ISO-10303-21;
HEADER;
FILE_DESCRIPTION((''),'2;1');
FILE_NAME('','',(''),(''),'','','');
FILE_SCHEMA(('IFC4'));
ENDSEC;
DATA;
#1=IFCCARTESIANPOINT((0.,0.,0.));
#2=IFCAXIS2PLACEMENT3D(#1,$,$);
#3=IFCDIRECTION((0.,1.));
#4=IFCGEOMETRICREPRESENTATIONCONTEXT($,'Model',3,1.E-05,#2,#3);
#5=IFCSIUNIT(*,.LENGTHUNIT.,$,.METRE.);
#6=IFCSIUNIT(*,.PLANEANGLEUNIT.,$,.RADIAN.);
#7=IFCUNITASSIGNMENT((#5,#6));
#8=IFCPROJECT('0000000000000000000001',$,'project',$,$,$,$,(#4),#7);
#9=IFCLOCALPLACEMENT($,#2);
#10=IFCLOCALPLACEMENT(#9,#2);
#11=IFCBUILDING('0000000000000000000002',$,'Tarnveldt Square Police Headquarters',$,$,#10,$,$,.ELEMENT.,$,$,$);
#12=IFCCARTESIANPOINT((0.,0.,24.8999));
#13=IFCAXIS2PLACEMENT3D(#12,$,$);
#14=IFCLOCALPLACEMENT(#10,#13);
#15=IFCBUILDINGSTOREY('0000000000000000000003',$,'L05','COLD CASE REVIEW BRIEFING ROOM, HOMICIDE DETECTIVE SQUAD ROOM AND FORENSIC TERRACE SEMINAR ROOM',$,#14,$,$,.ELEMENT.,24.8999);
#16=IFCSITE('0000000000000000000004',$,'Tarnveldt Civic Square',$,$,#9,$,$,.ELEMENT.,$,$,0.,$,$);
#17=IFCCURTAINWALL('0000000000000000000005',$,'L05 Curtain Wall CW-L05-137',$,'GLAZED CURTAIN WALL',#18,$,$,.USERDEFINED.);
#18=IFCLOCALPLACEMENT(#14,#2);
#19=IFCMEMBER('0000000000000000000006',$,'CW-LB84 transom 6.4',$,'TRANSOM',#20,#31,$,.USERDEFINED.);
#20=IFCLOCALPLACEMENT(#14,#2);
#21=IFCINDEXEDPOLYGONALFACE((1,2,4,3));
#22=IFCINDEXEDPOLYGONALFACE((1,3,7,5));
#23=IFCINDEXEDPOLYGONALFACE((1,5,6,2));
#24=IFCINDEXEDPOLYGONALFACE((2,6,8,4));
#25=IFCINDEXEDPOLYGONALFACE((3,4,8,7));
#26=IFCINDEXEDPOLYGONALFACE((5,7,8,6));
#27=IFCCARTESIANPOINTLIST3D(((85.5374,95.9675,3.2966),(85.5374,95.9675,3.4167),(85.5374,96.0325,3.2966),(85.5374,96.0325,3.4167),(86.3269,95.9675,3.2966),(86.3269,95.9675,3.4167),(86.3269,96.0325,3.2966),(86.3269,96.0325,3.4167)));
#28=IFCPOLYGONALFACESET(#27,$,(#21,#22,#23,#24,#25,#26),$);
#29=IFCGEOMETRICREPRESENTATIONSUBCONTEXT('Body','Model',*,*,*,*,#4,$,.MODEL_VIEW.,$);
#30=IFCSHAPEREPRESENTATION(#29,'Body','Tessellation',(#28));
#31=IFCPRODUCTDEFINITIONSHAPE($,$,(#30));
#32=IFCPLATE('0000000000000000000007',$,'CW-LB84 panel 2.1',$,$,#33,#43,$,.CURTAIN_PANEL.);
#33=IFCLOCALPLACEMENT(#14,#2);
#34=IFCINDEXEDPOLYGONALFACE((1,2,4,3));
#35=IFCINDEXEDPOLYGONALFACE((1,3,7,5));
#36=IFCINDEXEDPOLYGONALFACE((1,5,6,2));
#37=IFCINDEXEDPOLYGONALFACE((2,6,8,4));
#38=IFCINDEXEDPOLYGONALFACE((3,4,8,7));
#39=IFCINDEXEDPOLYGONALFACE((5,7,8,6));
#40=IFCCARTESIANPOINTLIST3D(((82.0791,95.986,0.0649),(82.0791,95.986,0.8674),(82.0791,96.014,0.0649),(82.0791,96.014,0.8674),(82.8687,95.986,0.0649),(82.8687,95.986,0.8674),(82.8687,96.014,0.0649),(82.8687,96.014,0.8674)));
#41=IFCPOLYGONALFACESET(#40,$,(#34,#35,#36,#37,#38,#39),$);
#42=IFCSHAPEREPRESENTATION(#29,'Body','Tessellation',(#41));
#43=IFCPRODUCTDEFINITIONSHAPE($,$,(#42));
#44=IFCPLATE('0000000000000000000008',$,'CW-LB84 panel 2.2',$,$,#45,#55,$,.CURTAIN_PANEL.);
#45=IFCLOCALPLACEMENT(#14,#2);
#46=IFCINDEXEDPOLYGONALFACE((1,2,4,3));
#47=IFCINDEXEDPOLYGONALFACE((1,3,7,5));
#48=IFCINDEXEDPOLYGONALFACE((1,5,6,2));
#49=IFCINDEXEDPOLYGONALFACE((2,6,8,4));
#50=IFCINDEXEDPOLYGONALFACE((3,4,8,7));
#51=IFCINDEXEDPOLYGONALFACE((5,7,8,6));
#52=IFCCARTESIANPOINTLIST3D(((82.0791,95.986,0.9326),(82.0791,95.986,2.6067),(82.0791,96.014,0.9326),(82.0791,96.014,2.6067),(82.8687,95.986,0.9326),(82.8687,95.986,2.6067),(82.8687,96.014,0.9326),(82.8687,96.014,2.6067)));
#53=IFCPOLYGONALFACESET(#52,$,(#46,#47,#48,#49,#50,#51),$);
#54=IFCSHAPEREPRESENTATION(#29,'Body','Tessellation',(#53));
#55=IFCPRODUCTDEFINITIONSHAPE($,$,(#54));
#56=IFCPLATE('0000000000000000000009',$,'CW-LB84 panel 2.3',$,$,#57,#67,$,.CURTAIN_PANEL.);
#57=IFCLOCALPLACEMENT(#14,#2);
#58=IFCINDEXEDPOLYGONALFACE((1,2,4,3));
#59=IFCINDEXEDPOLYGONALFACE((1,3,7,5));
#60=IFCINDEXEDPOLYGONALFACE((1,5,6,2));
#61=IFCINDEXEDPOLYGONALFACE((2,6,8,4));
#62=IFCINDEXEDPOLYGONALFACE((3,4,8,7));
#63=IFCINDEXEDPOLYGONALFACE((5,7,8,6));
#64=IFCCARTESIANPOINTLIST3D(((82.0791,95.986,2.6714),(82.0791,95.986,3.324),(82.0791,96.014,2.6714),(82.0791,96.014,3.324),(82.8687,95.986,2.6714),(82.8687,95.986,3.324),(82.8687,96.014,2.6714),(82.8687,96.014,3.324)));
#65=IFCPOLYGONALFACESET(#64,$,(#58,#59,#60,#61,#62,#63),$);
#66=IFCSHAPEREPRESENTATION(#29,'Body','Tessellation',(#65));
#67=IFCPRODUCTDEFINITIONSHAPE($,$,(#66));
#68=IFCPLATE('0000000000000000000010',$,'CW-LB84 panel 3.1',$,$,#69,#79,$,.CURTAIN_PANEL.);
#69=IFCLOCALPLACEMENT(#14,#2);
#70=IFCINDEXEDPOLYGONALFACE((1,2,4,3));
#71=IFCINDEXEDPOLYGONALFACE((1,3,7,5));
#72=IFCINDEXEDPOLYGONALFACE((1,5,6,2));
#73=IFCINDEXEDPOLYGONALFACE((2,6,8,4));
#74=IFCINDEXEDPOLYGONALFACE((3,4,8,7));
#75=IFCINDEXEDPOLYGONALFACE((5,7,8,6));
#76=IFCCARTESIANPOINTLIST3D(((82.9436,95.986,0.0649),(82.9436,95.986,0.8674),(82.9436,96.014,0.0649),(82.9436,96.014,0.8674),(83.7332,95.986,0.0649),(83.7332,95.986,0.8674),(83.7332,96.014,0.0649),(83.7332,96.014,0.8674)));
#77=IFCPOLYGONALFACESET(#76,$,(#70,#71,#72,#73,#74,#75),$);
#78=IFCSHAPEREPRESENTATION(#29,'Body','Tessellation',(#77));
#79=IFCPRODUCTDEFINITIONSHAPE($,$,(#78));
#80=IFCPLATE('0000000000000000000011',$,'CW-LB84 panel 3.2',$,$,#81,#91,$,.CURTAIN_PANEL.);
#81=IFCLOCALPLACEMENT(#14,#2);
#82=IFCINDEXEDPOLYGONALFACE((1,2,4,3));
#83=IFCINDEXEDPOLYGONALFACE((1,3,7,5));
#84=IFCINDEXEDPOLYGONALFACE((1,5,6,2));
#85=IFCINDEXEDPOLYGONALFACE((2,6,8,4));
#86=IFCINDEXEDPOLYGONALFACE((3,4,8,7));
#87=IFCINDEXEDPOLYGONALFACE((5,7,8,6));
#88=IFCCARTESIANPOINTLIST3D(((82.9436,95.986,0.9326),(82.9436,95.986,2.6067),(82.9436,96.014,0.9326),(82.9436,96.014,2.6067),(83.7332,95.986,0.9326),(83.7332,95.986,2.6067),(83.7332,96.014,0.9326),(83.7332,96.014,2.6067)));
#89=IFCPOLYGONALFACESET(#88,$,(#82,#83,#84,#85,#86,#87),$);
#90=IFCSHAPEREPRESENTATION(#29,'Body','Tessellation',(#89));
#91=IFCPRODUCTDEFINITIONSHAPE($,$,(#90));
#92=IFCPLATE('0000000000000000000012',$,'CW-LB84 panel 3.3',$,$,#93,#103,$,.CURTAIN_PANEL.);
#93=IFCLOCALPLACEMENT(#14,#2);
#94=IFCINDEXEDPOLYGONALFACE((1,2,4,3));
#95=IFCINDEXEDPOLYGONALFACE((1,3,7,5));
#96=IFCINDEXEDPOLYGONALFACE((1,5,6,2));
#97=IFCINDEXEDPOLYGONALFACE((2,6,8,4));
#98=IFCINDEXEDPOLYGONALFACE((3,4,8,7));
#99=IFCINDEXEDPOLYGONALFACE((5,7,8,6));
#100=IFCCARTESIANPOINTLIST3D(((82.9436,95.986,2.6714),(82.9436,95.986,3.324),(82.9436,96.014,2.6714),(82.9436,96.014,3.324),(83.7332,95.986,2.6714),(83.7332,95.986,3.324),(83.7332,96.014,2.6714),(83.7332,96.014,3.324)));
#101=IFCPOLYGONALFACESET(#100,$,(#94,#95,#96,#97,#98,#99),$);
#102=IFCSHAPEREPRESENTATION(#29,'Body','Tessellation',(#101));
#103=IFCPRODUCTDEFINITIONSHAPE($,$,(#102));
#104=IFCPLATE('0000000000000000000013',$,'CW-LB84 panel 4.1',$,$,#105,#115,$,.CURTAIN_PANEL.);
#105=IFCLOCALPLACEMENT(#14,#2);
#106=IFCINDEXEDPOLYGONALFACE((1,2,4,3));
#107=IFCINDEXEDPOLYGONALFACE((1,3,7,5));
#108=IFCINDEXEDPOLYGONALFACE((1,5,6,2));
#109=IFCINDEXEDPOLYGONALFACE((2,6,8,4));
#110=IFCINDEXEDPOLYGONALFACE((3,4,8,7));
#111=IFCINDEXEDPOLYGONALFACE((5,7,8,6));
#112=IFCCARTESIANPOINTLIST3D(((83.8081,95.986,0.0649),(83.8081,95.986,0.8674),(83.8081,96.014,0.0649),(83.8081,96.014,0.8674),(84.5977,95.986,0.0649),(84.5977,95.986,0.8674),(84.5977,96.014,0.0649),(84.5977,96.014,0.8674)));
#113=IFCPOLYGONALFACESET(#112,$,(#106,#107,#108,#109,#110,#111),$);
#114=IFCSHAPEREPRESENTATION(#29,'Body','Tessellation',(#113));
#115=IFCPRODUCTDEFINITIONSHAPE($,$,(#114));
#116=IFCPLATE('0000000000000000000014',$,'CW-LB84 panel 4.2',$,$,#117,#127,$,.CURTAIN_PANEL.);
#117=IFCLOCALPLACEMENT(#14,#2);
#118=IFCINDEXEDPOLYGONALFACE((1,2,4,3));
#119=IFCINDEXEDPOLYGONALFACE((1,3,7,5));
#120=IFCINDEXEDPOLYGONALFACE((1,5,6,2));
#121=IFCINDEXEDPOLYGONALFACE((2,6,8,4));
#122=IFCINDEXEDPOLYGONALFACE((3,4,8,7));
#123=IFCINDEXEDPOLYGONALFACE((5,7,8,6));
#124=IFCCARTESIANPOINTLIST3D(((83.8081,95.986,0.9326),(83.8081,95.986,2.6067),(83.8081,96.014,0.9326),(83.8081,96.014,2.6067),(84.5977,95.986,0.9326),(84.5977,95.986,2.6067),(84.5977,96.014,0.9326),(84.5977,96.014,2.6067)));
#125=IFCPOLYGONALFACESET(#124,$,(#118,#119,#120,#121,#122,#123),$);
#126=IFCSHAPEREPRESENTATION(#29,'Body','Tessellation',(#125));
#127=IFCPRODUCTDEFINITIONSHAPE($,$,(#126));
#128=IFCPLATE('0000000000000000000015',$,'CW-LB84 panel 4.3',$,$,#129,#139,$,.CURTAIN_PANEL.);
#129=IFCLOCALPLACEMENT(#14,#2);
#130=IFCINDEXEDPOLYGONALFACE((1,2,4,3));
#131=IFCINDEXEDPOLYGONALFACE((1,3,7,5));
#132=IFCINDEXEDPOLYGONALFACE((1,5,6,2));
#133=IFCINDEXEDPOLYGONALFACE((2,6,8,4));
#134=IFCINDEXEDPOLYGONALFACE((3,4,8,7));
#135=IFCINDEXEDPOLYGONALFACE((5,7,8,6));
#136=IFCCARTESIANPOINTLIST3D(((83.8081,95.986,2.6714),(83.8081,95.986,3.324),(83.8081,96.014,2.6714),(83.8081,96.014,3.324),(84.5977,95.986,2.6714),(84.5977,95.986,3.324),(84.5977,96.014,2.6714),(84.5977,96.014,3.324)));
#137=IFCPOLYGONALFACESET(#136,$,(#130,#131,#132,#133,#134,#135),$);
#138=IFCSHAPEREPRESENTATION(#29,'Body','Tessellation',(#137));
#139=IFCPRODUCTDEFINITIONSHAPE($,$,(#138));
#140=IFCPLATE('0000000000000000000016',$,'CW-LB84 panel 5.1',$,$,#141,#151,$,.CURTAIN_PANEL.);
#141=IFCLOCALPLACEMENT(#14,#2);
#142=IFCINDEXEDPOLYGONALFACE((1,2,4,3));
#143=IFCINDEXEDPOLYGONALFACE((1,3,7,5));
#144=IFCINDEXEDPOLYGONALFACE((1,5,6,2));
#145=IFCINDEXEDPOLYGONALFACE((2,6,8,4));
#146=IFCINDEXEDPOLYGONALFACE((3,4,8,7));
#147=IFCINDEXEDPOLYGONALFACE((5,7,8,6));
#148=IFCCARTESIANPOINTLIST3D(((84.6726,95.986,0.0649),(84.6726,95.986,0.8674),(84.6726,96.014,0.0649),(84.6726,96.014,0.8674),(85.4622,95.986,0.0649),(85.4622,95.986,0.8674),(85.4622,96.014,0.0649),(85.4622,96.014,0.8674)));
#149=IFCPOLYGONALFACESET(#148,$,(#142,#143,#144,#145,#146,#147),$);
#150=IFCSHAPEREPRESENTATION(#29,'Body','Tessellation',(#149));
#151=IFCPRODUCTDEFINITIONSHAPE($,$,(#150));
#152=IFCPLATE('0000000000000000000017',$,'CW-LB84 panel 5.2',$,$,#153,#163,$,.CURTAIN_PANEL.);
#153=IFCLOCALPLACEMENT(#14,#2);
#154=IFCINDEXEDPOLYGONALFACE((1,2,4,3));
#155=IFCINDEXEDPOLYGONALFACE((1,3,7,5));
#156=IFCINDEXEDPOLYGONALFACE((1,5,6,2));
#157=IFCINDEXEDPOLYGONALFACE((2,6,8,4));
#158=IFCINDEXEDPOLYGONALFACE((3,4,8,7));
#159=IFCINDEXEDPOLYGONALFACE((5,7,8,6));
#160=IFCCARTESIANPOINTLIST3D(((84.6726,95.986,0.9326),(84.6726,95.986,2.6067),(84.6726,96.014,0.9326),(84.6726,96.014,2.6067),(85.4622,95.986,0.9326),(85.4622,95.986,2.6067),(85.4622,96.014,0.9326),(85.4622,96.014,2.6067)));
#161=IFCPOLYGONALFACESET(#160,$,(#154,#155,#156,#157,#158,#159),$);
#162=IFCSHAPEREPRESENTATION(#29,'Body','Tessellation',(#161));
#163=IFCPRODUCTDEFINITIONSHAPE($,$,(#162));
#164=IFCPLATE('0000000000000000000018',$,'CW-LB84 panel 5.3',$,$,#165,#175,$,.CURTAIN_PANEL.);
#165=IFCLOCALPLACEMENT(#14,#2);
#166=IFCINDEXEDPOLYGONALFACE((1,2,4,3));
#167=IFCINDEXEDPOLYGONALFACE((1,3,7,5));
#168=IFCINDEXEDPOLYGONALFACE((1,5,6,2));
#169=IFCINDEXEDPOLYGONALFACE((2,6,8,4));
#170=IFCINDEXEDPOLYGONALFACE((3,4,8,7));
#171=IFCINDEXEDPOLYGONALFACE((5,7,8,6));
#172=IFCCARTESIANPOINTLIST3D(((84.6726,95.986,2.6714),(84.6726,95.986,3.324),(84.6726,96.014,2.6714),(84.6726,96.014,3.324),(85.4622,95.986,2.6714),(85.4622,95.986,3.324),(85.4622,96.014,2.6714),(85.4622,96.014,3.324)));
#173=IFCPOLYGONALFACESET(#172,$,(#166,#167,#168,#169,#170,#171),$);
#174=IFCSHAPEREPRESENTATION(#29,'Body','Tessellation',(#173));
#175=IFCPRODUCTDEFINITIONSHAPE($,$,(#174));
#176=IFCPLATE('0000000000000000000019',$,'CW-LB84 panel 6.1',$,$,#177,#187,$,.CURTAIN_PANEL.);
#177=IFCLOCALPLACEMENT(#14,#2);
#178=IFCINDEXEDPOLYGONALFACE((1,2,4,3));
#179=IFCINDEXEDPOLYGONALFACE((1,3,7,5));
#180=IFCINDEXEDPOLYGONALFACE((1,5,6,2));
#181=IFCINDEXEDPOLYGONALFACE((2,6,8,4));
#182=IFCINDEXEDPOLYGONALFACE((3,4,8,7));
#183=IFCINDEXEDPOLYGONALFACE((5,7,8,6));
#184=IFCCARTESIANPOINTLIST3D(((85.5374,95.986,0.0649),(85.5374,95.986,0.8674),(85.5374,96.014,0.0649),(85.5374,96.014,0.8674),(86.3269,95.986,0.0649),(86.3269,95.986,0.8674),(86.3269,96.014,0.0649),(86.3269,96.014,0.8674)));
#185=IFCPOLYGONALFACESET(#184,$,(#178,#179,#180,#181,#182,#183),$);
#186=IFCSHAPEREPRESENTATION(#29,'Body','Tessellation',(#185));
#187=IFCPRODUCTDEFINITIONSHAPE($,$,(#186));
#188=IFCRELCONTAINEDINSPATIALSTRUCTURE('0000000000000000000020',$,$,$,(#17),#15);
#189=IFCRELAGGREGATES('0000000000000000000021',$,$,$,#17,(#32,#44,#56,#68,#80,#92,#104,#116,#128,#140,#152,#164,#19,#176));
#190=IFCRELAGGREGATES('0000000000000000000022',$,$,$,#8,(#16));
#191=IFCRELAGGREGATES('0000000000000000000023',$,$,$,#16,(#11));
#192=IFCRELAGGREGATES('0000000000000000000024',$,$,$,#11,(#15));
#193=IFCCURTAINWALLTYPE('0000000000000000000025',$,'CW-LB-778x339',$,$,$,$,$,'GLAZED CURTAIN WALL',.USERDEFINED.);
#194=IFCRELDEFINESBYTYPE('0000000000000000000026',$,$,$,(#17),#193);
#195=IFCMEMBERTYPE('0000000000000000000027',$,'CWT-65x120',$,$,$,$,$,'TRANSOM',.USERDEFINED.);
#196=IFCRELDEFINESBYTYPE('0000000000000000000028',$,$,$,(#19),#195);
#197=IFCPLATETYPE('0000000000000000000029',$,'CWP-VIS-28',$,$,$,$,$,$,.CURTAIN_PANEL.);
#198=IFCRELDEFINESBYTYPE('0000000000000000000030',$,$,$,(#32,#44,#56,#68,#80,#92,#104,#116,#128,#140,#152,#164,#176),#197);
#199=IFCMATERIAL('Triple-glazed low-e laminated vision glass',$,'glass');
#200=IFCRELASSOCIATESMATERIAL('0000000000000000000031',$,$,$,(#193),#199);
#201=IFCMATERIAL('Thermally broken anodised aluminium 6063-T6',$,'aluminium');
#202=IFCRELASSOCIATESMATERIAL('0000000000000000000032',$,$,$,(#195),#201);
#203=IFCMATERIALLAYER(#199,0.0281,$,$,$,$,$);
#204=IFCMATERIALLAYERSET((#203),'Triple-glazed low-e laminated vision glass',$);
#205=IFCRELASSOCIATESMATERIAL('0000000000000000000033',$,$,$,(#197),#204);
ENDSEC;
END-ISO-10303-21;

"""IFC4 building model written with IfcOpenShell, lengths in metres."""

from ifc_helpers import new_model, si_unit, direction, frame, origin, origin_2d, place, context, subcontext, project, spatial, rectangle, extrude, material, layer, layer_set, material_profile, profile_set, type_object, element, aggregate, save


model = new_model("IFC4")

# Units and contexts
model_context = context("Model", 3, precision=1e-05, world=origin(), true_north=direction((0.0, 1.0)))
body_context = subcontext(model_context, "Body", "Model", "MODEL_VIEW")
ifc_project = project(units=[si_unit("LENGTHUNIT", "METRE"), si_unit("PLANEANGLEUNIT", "RADIAN")], contexts=[model_context])

# Site, building, storey
site_placement = place(None, origin())
site = spatial("IfcSite", under=ifc_project, at=site_placement, Name="Tarnveldt Civic Square", CompositionType="ELEMENT", RefElevation=0.0)
building_placement = place(site_placement, origin())
building = spatial("IfcBuilding", under=site, at=building_placement, Name="Tarnveldt Square Police Headquarters", CompositionType="ELEMENT")
storey_placement = place(building_placement, frame((0.0, 0.0, 24.8999)))
storey = spatial("IfcBuildingStorey", under=building, at=storey_placement, Name="L05", Description="COLD CASE REVIEW BRIEFING ROOM, HOMICIDE DETECTIVE SQUAD ROOM AND FORENSIC TERRACE SEMINAR ROOM", CompositionType="ELEMENT", Elevation=24.8999)

# Curtain wall, member, plates
ifc_material_1 = material(Name="Triple-glazed low-e laminated vision glass", Category="glass")
curtain_wall_type = type_object("IfcCurtainWallType", Name="CW-LB-778x339", ElementType="GLAZED CURTAIN WALL", PredefinedType="USERDEFINED", material=ifc_material_1)
curtain_wall_placement = place(storey_placement, origin())
curtain_wall = element("IfcCurtainWall", 1, at=curtain_wall_placement, inside=storey, type_object=curtain_wall_type, Name="L05 Curtain Wall CW-L05-137", ObjectType="GLAZED CURTAIN WALL", PredefinedType="USERDEFINED")
ifc_material_2 = material(Name="Thermally broken anodised aluminium 6063-T6", Category="aluminium")
ifc_material_profile_1 = material_profile(ifc_material_2, rectangle(XDim=0.0649, YDim=0.1201, at=origin_2d()), Name="CW-T65x120")
ifc_profile_set_1 = profile_set([ifc_material_profile_1], Name="Thermally broken anodised aluminium 6063-T6")
member_type_1 = type_object("IfcMemberType", Name="CWT-65x120", ElementType="TRANSOM", PredefinedType="USERDEFINED", material=ifc_profile_set_1)
member_1_placement = place(storey_placement, frame((85.5374, 96.0, 3.3567), z_axis=(1.0, 0.0, 0.0), x_axis=(0.0, 1.0, 0.0)))
member_1 = element("IfcMember", 2, at=member_1_placement, type_object=member_type_1, Name="CW-LB84 transom 6.4", ObjectType="TRANSOM", PredefinedType="USERDEFINED", context=body_context, shape_type="SweptSolid", body=[
    extrude(rectangle(XDim=0.0649, YDim=0.1201, at=origin_2d()), origin(), (0.0, 0.0, 1.0), 0.7896),
])
ifc_layer = layer(ifc_material_1, 0.0281)
ifc_layer_set = layer_set([ifc_layer], Name="Triple-glazed low-e laminated vision glass")
plate_type = type_object("IfcPlateType", Name="CWP-VIS-28", PredefinedType="CURTAIN_PANEL", material=ifc_layer_set)
plate_1_placement = place(storey_placement, frame((82.4739, 96.0, 0.0649), z_axis=(0.0, 0.0, 1.0), x_axis=(1.0, 0.0, 0.0)))
plate_1 = element("IfcPlate", 3, at=plate_1_placement, type_object=plate_type, Name="CW-LB84 panel 2.1", PredefinedType="CURTAIN_PANEL", context=body_context, shape_type="SweptSolid", body=[
    extrude(rectangle(XDim=0.7896, YDim=0.0281, at=origin_2d()), origin(), (0.0, 0.0, 1.0), 0.8025),
])
plate_2_placement = place(storey_placement, frame((82.4739, 96.0, 0.9326), z_axis=(0.0, 0.0, 1.0), x_axis=(1.0, 0.0, 0.0)))
plate_2 = element("IfcPlate", 4, at=plate_2_placement, type_object=plate_type, Name="CW-LB84 panel 2.2", PredefinedType="CURTAIN_PANEL", context=body_context, shape_type="SweptSolid", body=[
    extrude(rectangle(XDim=0.7896, YDim=0.0281, at=origin_2d()), origin(), (0.0, 0.0, 1.0), 1.6741),
])
plate_3_placement = place(storey_placement, frame((82.4739, 96.0, 2.6714), z_axis=(0.0, 0.0, 1.0), x_axis=(1.0, 0.0, 0.0)))
plate_3 = element("IfcPlate", 5, at=plate_3_placement, type_object=plate_type, Name="CW-LB84 panel 2.3", PredefinedType="CURTAIN_PANEL", context=body_context, shape_type="SweptSolid", body=[
    extrude(rectangle(XDim=0.7896, YDim=0.0281, at=origin_2d()), origin(), (0.0, 0.0, 1.0), 0.6526),
])
plate_4_placement = place(storey_placement, frame((83.3384, 96.0, 0.0649), z_axis=(0.0, 0.0, 1.0), x_axis=(1.0, 0.0, 0.0)))
plate_4 = element("IfcPlate", 6, at=plate_4_placement, type_object=plate_type, Name="CW-LB84 panel 3.1", PredefinedType="CURTAIN_PANEL", context=body_context, shape_type="SweptSolid", body=[
    extrude(rectangle(XDim=0.7896, YDim=0.0281, at=origin_2d()), origin(), (0.0, 0.0, 1.0), 0.8025),
])
plate_5_placement = place(storey_placement, frame((83.3384, 96.0, 0.9326), z_axis=(0.0, 0.0, 1.0), x_axis=(1.0, 0.0, 0.0)))
plate_5 = element("IfcPlate", 7, at=plate_5_placement, type_object=plate_type, Name="CW-LB84 panel 3.2", PredefinedType="CURTAIN_PANEL", context=body_context, shape_type="SweptSolid", body=[
    extrude(rectangle(XDim=0.7896, YDim=0.0281, at=origin_2d()), origin(), (0.0, 0.0, 1.0), 1.6741),
])
plate_6_placement = place(storey_placement, frame((83.3384, 96.0, 2.6714), z_axis=(0.0, 0.0, 1.0), x_axis=(1.0, 0.0, 0.0)))
plate_6 = element("IfcPlate", 8, at=plate_6_placement, type_object=plate_type, Name="CW-LB84 panel 3.3", PredefinedType="CURTAIN_PANEL", context=body_context, shape_type="SweptSolid", body=[
    extrude(rectangle(XDim=0.7896, YDim=0.0281, at=origin_2d()), origin(), (0.0, 0.0, 1.0), 0.6526),
])
plate_7_placement = place(storey_placement, frame((84.2029, 96.0, 0.0649), z_axis=(0.0, 0.0, 1.0), x_axis=(1.0, 0.0, 0.0)))
plate_7 = element("IfcPlate", 9, at=plate_7_placement, type_object=plate_type, Name="CW-LB84 panel 4.1", PredefinedType="CURTAIN_PANEL", context=body_context, shape_type="SweptSolid", body=[
    extrude(rectangle(XDim=0.7896, YDim=0.0281, at=origin_2d()), origin(), (0.0, 0.0, 1.0), 0.8025),
])
plate_8_placement = place(storey_placement, frame((84.2029, 96.0, 0.9326), z_axis=(0.0, 0.0, 1.0), x_axis=(1.0, 0.0, 0.0)))
plate_8 = element("IfcPlate", 10, at=plate_8_placement, type_object=plate_type, Name="CW-LB84 panel 4.2", PredefinedType="CURTAIN_PANEL", context=body_context, shape_type="SweptSolid", body=[
    extrude(rectangle(XDim=0.7896, YDim=0.0281, at=origin_2d()), origin(), (0.0, 0.0, 1.0), 1.6741),
])
plate_9_placement = place(storey_placement, frame((84.2029, 96.0, 2.6714), z_axis=(0.0, 0.0, 1.0), x_axis=(1.0, 0.0, 0.0)))
plate_9 = element("IfcPlate", 11, at=plate_9_placement, type_object=plate_type, Name="CW-LB84 panel 4.3", PredefinedType="CURTAIN_PANEL", context=body_context, shape_type="SweptSolid", body=[
    extrude(rectangle(XDim=0.7896, YDim=0.0281, at=origin_2d()), origin(), (0.0, 0.0, 1.0), 0.6526),
])
plate_10_placement = place(storey_placement, frame((85.0674, 96.0, 0.0649), z_axis=(0.0, 0.0, 1.0), x_axis=(1.0, 0.0, 0.0)))
plate_10 = element("IfcPlate", 12, at=plate_10_placement, type_object=plate_type, Name="CW-LB84 panel 5.1", PredefinedType="CURTAIN_PANEL", context=body_context, shape_type="SweptSolid", body=[
    extrude(rectangle(XDim=0.7896, YDim=0.0281, at=origin_2d()), origin(), (0.0, 0.0, 1.0), 0.8025),
])
plate_11_placement = place(storey_placement, frame((85.0674, 96.0, 0.9326), z_axis=(0.0, 0.0, 1.0), x_axis=(1.0, 0.0, 0.0)))
plate_11 = element("IfcPlate", 13, at=plate_11_placement, type_object=plate_type, Name="CW-LB84 panel 5.2", PredefinedType="CURTAIN_PANEL", context=body_context, shape_type="SweptSolid", body=[
    extrude(rectangle(XDim=0.7896, YDim=0.0281, at=origin_2d()), origin(), (0.0, 0.0, 1.0), 1.6741),
])
plate_12_placement = place(storey_placement, frame((85.0674, 96.0, 2.6714), z_axis=(0.0, 0.0, 1.0), x_axis=(1.0, 0.0, 0.0)))
plate_12 = element("IfcPlate", 14, at=plate_12_placement, type_object=plate_type, Name="CW-LB84 panel 5.3", PredefinedType="CURTAIN_PANEL", context=body_context, shape_type="SweptSolid", body=[
    extrude(rectangle(XDim=0.7896, YDim=0.0281, at=origin_2d()), origin(), (0.0, 0.0, 1.0), 0.6526),
])
plate_13_placement = place(storey_placement, frame((85.9321, 96.0, 0.0649), z_axis=(0.0, 0.0, 1.0), x_axis=(1.0, 0.0, 0.0)))
plate_13 = element("IfcPlate", 15, at=plate_13_placement, type_object=plate_type, Name="CW-LB84 panel 6.1", PredefinedType="CURTAIN_PANEL", context=body_context, shape_type="SweptSolid", body=[
    extrude(rectangle(XDim=0.7896, YDim=0.0281, at=origin_2d()), origin(), (0.0, 0.0, 1.0), 0.8025),
])
aggregate(curtain_wall, [plate_1, plate_2, plate_3, plate_4, plate_5, plate_6, plate_7, plate_8, plate_9, plate_10, plate_11, plate_12, member_1, plate_13])

save(model, "model.ifc")
